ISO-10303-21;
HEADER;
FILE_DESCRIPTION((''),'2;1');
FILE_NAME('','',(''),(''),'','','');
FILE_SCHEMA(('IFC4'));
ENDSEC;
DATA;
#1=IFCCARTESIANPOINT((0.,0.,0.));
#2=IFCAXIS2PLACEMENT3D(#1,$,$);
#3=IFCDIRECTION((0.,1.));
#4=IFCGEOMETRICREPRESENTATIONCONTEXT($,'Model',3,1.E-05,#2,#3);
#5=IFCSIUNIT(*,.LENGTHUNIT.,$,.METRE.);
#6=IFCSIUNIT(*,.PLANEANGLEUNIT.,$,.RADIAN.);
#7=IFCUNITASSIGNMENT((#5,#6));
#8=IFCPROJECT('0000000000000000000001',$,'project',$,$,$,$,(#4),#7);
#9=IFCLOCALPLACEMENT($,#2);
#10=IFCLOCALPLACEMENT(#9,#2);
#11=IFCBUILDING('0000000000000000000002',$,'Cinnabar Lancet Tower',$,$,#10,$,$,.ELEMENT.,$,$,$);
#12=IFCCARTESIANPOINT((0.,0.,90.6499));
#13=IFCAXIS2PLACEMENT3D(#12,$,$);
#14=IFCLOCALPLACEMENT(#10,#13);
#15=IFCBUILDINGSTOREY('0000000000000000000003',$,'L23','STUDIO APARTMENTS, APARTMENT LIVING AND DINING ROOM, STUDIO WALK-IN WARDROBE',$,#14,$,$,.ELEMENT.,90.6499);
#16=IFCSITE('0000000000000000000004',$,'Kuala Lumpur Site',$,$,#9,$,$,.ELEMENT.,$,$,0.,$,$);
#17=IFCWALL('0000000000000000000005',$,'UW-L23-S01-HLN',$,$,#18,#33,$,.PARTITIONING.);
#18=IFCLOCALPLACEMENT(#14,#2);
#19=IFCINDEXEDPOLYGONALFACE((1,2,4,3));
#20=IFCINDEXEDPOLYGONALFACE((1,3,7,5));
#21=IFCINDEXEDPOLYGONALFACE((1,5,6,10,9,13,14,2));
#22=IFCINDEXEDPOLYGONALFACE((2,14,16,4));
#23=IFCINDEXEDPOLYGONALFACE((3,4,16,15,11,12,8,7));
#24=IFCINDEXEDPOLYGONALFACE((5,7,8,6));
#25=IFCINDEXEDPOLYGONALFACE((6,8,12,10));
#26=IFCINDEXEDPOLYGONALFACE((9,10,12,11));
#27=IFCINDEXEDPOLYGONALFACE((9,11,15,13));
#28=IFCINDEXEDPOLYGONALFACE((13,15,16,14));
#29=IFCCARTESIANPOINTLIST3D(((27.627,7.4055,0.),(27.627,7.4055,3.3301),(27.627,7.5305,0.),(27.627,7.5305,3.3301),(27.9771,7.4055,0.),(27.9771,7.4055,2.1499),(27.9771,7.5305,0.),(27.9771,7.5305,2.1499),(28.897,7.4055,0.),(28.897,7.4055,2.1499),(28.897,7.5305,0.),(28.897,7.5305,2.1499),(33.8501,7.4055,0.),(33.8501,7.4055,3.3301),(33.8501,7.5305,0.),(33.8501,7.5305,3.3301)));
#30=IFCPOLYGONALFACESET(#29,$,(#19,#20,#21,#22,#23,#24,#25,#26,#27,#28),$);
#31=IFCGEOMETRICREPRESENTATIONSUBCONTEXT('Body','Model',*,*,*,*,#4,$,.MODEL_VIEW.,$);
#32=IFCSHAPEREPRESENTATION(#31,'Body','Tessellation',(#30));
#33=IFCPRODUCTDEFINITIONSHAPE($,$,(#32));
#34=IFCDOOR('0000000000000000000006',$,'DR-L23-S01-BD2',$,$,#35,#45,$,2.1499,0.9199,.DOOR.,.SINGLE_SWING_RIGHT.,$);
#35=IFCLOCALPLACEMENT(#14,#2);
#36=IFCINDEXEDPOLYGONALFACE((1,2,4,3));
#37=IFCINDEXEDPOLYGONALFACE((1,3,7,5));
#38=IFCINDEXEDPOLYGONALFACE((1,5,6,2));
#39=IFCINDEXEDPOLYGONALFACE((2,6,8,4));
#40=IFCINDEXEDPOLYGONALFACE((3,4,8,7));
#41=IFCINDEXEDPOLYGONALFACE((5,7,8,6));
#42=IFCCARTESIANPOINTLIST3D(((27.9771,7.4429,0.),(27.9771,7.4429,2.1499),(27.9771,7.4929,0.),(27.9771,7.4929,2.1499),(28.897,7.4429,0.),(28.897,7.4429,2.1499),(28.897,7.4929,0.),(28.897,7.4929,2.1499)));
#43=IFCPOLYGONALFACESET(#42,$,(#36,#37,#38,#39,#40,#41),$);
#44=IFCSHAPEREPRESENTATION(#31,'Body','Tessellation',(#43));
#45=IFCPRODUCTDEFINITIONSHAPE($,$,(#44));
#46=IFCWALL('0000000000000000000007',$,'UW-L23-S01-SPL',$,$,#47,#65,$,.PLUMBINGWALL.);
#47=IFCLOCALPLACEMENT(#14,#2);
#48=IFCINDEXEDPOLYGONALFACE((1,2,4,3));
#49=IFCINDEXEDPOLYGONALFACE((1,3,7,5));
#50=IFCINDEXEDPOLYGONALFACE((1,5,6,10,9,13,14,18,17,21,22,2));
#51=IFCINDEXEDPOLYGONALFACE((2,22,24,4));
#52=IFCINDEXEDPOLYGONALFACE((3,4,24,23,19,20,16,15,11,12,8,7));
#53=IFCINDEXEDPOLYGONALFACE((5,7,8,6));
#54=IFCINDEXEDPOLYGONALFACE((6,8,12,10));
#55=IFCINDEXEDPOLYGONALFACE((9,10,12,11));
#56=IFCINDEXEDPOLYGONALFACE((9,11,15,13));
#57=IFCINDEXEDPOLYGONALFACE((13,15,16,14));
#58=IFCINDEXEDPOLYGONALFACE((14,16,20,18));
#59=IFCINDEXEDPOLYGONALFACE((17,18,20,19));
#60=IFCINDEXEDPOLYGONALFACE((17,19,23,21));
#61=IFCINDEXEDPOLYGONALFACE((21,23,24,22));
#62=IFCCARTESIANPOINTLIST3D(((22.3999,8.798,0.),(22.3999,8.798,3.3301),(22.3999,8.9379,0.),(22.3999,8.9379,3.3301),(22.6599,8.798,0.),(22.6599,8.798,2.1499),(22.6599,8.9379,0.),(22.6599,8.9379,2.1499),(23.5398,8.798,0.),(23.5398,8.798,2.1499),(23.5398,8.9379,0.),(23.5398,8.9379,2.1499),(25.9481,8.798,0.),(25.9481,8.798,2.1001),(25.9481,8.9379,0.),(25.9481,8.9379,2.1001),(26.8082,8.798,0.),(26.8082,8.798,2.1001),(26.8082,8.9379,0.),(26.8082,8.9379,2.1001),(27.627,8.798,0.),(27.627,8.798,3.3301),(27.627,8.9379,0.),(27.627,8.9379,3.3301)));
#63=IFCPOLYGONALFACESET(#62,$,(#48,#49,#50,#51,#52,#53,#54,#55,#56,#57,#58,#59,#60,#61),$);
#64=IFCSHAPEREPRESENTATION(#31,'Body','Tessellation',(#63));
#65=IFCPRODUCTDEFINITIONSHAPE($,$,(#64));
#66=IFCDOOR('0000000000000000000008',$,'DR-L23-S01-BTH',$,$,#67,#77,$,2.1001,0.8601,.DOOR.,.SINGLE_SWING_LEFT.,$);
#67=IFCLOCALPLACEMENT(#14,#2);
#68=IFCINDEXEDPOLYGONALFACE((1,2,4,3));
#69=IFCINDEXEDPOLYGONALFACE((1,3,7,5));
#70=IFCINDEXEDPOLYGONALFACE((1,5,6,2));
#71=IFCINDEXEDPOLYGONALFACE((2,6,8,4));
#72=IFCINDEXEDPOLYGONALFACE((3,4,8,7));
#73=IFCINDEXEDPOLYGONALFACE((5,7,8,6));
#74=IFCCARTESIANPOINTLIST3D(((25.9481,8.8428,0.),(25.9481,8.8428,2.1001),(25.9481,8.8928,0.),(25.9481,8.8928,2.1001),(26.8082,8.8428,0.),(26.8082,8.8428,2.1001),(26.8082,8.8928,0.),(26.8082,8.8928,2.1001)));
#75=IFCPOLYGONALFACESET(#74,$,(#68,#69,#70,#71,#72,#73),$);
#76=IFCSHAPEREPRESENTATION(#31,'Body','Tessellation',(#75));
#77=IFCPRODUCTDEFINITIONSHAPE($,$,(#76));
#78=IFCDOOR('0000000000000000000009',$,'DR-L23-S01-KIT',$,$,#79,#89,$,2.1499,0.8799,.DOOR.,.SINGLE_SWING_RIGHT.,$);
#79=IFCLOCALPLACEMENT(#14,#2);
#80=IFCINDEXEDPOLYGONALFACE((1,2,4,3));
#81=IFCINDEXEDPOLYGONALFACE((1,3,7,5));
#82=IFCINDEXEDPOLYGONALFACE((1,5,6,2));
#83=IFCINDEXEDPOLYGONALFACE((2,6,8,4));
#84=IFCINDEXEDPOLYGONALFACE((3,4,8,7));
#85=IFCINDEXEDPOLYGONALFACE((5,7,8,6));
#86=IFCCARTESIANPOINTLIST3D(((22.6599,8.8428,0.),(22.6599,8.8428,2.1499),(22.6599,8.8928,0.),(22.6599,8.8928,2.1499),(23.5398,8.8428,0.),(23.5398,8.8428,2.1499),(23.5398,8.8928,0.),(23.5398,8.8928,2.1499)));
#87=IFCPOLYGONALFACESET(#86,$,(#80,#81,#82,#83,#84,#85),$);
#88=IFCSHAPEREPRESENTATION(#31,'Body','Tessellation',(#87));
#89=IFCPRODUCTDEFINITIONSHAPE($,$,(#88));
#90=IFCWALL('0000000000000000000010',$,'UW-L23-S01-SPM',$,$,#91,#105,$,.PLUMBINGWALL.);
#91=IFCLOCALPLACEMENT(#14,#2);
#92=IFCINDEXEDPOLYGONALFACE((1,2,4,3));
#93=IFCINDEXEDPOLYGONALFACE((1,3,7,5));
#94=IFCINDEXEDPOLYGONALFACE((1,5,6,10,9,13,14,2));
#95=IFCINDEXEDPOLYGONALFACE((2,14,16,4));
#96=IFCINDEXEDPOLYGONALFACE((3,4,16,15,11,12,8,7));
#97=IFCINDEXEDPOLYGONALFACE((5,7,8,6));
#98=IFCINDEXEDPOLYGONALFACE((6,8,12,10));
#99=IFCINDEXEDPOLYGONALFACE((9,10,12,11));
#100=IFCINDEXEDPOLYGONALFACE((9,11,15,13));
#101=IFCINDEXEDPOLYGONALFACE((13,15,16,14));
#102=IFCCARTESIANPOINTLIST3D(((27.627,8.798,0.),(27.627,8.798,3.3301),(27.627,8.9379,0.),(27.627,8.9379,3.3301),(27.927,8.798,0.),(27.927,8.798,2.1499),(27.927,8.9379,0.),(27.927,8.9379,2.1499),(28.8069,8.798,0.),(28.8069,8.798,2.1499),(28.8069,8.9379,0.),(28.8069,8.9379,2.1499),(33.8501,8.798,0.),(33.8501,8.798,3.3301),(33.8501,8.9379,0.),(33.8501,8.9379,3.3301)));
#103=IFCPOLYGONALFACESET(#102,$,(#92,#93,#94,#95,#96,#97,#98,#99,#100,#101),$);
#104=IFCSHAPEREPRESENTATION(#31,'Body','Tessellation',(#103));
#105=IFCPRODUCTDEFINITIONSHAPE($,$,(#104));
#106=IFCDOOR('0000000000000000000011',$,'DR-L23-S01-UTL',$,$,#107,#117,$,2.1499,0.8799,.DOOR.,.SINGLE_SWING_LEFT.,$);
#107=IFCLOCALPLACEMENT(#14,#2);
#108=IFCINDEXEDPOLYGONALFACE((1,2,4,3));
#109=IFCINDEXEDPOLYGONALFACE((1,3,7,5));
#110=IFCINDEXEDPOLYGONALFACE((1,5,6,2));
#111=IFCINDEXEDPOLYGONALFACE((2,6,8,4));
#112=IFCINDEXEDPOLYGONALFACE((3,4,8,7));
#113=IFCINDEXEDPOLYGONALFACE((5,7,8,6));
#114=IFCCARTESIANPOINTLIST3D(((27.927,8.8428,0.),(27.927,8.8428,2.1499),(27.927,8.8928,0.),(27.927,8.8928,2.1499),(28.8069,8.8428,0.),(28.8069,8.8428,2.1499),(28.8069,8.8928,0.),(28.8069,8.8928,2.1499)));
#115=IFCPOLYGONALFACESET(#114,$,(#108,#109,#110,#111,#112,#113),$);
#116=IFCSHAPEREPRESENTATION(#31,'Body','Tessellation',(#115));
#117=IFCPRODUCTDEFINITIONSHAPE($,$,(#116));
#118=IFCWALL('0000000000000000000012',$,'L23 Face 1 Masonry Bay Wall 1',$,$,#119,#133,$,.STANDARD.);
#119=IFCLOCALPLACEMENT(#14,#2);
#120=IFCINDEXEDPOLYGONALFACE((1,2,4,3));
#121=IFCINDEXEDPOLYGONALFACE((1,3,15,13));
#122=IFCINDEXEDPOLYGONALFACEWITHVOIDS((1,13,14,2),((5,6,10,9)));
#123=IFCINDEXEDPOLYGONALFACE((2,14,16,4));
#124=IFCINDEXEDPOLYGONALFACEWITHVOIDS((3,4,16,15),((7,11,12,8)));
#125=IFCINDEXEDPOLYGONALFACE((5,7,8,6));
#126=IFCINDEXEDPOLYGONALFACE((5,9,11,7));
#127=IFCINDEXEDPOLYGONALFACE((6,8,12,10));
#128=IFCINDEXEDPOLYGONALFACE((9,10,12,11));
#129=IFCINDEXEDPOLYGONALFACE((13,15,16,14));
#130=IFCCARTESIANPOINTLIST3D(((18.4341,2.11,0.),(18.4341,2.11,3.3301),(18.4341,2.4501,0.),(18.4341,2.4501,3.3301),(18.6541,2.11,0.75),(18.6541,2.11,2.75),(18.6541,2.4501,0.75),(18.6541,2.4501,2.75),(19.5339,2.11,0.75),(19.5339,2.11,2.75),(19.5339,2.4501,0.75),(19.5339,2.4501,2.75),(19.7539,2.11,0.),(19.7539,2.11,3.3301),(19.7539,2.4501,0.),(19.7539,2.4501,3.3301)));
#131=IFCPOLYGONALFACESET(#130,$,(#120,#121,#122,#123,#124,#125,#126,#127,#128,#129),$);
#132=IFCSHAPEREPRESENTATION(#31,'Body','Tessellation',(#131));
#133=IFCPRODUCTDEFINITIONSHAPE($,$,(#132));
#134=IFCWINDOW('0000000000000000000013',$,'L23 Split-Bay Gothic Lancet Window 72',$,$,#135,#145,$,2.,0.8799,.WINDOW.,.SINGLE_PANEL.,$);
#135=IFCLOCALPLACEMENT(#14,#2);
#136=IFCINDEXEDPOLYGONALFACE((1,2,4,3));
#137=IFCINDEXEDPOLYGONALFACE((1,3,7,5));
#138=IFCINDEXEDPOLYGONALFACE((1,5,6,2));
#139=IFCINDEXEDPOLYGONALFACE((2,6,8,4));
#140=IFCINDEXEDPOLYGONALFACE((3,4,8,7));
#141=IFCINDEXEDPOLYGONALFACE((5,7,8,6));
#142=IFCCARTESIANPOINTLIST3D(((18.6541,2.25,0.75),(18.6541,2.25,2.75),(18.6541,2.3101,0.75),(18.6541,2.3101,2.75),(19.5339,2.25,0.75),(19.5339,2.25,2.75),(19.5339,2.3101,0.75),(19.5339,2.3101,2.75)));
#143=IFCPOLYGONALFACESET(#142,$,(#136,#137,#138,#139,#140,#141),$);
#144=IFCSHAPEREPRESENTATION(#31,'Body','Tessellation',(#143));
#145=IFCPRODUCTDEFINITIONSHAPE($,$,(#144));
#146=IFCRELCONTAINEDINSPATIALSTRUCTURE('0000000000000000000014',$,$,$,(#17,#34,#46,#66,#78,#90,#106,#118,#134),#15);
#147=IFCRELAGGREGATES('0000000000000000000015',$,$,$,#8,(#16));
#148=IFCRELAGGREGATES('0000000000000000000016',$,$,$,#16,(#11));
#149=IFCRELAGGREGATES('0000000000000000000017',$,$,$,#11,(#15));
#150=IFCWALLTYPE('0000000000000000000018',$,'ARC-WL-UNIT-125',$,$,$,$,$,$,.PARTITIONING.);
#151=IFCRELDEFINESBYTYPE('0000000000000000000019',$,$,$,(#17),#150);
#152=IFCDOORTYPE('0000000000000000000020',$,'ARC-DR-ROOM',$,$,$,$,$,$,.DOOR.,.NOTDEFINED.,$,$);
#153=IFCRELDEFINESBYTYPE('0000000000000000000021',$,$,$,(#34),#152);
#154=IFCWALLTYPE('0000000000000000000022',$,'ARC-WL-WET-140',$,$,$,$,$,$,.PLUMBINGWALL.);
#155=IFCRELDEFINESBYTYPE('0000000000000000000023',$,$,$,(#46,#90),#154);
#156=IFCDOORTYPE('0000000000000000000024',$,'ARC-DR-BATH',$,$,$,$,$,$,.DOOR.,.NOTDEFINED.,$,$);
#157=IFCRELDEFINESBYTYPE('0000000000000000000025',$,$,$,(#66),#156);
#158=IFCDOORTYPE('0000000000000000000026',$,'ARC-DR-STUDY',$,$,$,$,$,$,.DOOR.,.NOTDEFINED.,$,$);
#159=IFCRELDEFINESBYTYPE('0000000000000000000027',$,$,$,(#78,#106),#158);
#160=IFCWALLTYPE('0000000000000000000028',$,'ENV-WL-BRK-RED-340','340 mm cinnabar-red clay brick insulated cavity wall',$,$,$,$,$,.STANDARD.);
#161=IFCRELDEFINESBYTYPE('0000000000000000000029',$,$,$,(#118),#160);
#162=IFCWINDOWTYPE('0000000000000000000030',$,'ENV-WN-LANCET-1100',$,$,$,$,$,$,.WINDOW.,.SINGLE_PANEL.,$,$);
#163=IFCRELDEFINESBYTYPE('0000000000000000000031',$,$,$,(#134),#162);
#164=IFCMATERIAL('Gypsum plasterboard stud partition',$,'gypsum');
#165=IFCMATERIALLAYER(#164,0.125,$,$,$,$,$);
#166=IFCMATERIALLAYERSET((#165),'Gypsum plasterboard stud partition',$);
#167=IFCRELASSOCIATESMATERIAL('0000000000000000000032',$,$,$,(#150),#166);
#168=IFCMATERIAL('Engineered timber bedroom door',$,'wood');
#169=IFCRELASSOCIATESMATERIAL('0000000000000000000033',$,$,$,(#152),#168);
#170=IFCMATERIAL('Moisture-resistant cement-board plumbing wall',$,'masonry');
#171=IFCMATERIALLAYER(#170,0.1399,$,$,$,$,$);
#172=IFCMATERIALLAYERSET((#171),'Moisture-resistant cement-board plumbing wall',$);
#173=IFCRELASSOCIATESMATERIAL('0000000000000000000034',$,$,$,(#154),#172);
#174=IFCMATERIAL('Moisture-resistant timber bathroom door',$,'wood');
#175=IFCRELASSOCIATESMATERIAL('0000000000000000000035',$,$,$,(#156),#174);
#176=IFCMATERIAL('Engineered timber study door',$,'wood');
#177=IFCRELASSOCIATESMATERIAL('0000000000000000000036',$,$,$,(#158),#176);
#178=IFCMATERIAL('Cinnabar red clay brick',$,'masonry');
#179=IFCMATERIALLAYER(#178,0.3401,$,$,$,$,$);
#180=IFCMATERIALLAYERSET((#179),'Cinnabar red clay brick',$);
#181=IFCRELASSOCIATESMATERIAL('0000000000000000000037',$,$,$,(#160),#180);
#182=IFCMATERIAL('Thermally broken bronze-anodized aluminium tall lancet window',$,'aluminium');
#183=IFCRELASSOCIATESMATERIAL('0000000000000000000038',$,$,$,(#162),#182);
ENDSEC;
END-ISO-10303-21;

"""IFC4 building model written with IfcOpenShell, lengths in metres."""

from ifc_helpers import new_model, si_unit, direction, frame, frame_2d, origin, place, context, subcontext, project, spatial, rectangle, extrude, material, layer, layer_set, type_object, element, fill, save


model = new_model("IFC4")

# Units and contexts
model_context = context("Model", 3, precision=1e-05, world=origin(), true_north=direction((0.0, 1.0)))
body_context = subcontext(model_context, "Body", "Model", "MODEL_VIEW")
ifc_project = project(units=[si_unit("LENGTHUNIT", "METRE"), si_unit("PLANEANGLEUNIT", "RADIAN")], contexts=[model_context])

# Site, building, storey
site_placement = place(None, origin())
site = spatial("IfcSite", under=ifc_project, at=site_placement, Name="Kuala Lumpur Site", CompositionType="ELEMENT", RefElevation=0.0)
building_placement = place(site_placement, origin())
building = spatial("IfcBuilding", under=site, at=building_placement, Name="Cinnabar Lancet Tower", CompositionType="ELEMENT")
storey_placement = place(building_placement, frame((0.0, 0.0, 90.6499)))
storey = spatial("IfcBuildingStorey", under=building, at=storey_placement, Name="L23", Description="STUDIO APARTMENTS, APARTMENT LIVING AND DINING ROOM, STUDIO WALK-IN WARDROBE", CompositionType="ELEMENT", Elevation=90.6499)

# Shared definitions
ifc_material_1 = material(Name="Gypsum plasterboard stud partition", Category="gypsum")
ifc_layer_1 = layer(ifc_material_1, 0.125)
ifc_layer_set_1 = layer_set([ifc_layer_1], Name="Gypsum plasterboard stud partition")
wall_type_1 = type_object("IfcWallType", Name="ARC-WL-UNIT-125", PredefinedType="PARTITIONING", material=ifc_layer_set_1)

# Wall, opening, door
wall_1_placement = place(storey_placement, frame((27.627, 7.468, 0.0), z_axis=(0.0, 0.0, 1.0), x_axis=(1.0, 0.0, 0.0)))
wall_1 = element("IfcWall", 1, at=wall_1_placement, inside=storey, type_object=wall_type_1, Name="UW-L23-S01-HLN", PredefinedType="PARTITIONING", context=body_context, shape_type="SweptSolid", body=[
    extrude(rectangle(XDim=6.2231, YDim=0.125, at=frame_2d((3.1116, 0.0))), origin(), (0.0, 0.0, 1.0), 3.3301),
])
opening_1_placement = place(wall_1_placement, frame((0.3501, 0.0, 0.0)))
opening_1 = element("IfcOpeningElement", 2, at=opening_1_placement, cuts=wall_1, PredefinedType="OPENING", context=body_context, shape_type="SweptSolid", body=[
    extrude(rectangle(XDim=0.9199, YDim=2.1499, at=frame_2d((0.46, 1.075))), frame((0.0, 0.0725, 0.0), z_axis=(0.0, -1.0, 0.0), x_axis=(1.0, 0.0, 0.0)), (0.0, 0.0, 1.0), 0.145),
])
ifc_material_2 = material(Name="Engineered timber bedroom door", Category="wood")
door_type_1 = type_object("IfcDoorType", Name="ARC-DR-ROOM", OperationType="NOTDEFINED", PredefinedType="DOOR", material=ifc_material_2)
door_1_placement = place(opening_1_placement, origin())
door_1 = element("IfcDoor", 3, at=door_1_placement, inside=storey, type_object=door_type_1, Name="DR-L23-S01-BD2", OperationType="SINGLE_SWING_RIGHT", OverallHeight=2.1499, OverallWidth=0.9199, PredefinedType="DOOR", context=body_context, shape_type="SweptSolid", body=[
    extrude(rectangle(XDim=0.9199, YDim=2.1499, at=frame_2d((0.46, 1.075))), frame((0.0, 0.0249, 0.0), z_axis=(0.0, -1.0, 0.0), x_axis=(1.0, 0.0, 0.0)), (0.0, 0.0, 1.0), 0.05),
])
fill(opening_1, door_1)

# Wall, openings, doors
ifc_material_3 = material(Name="Moisture-resistant cement-board plumbing wall", Category="masonry")
ifc_layer_2 = layer(ifc_material_3, 0.1399)
ifc_layer_set_2 = layer_set([ifc_layer_2], Name="Moisture-resistant cement-board plumbing wall")
wall_type_2 = type_object("IfcWallType", Name="ARC-WL-WET-140", PredefinedType="PLUMBINGWALL", material=ifc_layer_set_2)
wall_2_placement = place(storey_placement, frame((22.3999, 8.8679, 0.0), z_axis=(0.0, 0.0, 1.0), x_axis=(1.0, 0.0, 0.0)))
wall_2 = element("IfcWall", 4, at=wall_2_placement, inside=storey, type_object=wall_type_2, Name="UW-L23-S01-SPL", PredefinedType="PLUMBINGWALL", context=body_context, shape_type="SweptSolid", body=[
    extrude(rectangle(XDim=5.2271, YDim=0.1399, at=frame_2d((2.6135, 0.0))), origin(), (0.0, 0.0, 1.0), 3.3301),
])
opening_2_placement = place(wall_2_placement, frame((3.5481, 0.0, 0.0)))
opening_2 = element("IfcOpeningElement", 5, at=opening_2_placement, cuts=wall_2, PredefinedType="OPENING", context=body_context, shape_type="SweptSolid", body=[
    extrude(rectangle(XDim=0.8601, YDim=2.1001, at=frame_2d((0.4302, 1.05))), frame((0.0, 0.0798, 0.0), z_axis=(0.0, -1.0, 0.0), x_axis=(1.0, 0.0, 0.0)), (0.0, 0.0, 1.0), 0.1599),
])
opening_3_placement = place(wall_2_placement, frame((0.26, 0.0, 0.0)))
opening_3 = element("IfcOpeningElement", 6, at=opening_3_placement, cuts=wall_2, PredefinedType="OPENING", context=body_context, shape_type="SweptSolid", body=[
    extrude(rectangle(XDim=0.8799, YDim=2.1499, at=frame_2d((0.4399, 1.075))), frame((0.0, 0.0798, 0.0), z_axis=(0.0, -1.0, 0.0), x_axis=(1.0, 0.0, 0.0)), (0.0, 0.0, 1.0), 0.1599),
])
ifc_material_4 = material(Name="Moisture-resistant timber bathroom door", Category="wood")
door_type_2 = type_object("IfcDoorType", Name="ARC-DR-BATH", OperationType="NOTDEFINED", PredefinedType="DOOR", material=ifc_material_4)
door_2_placement = place(opening_2_placement, origin())
door_2 = element("IfcDoor", 7, at=door_2_placement, inside=storey, type_object=door_type_2, Name="DR-L23-S01-BTH", OperationType="SINGLE_SWING_LEFT", OverallHeight=2.1001, OverallWidth=0.8601, PredefinedType="DOOR", context=body_context, shape_type="SweptSolid", body=[
    extrude(rectangle(XDim=0.8601, YDim=2.1001, at=frame_2d((0.4302, 1.05))), frame((0.0, 0.0249, 0.0), z_axis=(0.0, -1.0, 0.0), x_axis=(1.0, 0.0, 0.0)), (0.0, 0.0, 1.0), 0.05),
])
fill(opening_2, door_2)
ifc_material_5 = material(Name="Engineered timber study door", Category="wood")
door_type_3 = type_object("IfcDoorType", Name="ARC-DR-STUDY", OperationType="NOTDEFINED", PredefinedType="DOOR", material=ifc_material_5)
door_3_placement = place(opening_3_placement, origin())
door_3 = element("IfcDoor", 8, at=door_3_placement, inside=storey, type_object=door_type_3, Name="DR-L23-S01-KIT", OperationType="SINGLE_SWING_RIGHT", OverallHeight=2.1499, OverallWidth=0.8799, PredefinedType="DOOR", context=body_context, shape_type="SweptSolid", body=[
    extrude(rectangle(XDim=0.8799, YDim=2.1499, at=frame_2d((0.4399, 1.075))), frame((0.0, 0.0249, 0.0), z_axis=(0.0, -1.0, 0.0), x_axis=(1.0, 0.0, 0.0)), (0.0, 0.0, 1.0), 0.05),
])
fill(opening_3, door_3)

# Wall, opening, door
wall_3_placement = place(storey_placement, frame((27.627, 8.8679, 0.0), z_axis=(0.0, 0.0, 1.0), x_axis=(1.0, 0.0, 0.0)))
wall_3 = element("IfcWall", 9, at=wall_3_placement, inside=storey, type_object=wall_type_2, Name="UW-L23-S01-SPM", PredefinedType="PLUMBINGWALL", context=body_context, shape_type="SweptSolid", body=[
    extrude(rectangle(XDim=6.2231, YDim=0.1399, at=frame_2d((3.1116, 0.0))), origin(), (0.0, 0.0, 1.0), 3.3301),
])
opening_4_placement = place(wall_3_placement, frame((0.3, 0.0, 0.0)))
opening_4 = element("IfcOpeningElement", 10, at=opening_4_placement, cuts=wall_3, PredefinedType="OPENING", context=body_context, shape_type="SweptSolid", body=[
    extrude(rectangle(XDim=0.8799, YDim=2.1499, at=frame_2d((0.4399, 1.075))), frame((0.0, 0.0798, 0.0), z_axis=(0.0, -1.0, 0.0), x_axis=(1.0, 0.0, 0.0)), (0.0, 0.0, 1.0), 0.1599),
])
door_4_placement = place(opening_4_placement, origin())
door_4 = element("IfcDoor", 11, at=door_4_placement, inside=storey, type_object=door_type_3, Name="DR-L23-S01-UTL", OperationType="SINGLE_SWING_LEFT", OverallHeight=2.1499, OverallWidth=0.8799, PredefinedType="DOOR", context=body_context, shape_type="SweptSolid", body=[
    extrude(rectangle(XDim=0.8799, YDim=2.1499, at=frame_2d((0.4399, 1.075))), frame((0.0, 0.0249, 0.0), z_axis=(0.0, -1.0, 0.0), x_axis=(1.0, 0.0, 0.0)), (0.0, 0.0, 1.0), 0.05),
])
fill(opening_4, door_4)

# Wall, opening, window
ifc_material_6 = material(Name="Cinnabar red clay brick", Category="masonry")
ifc_layer_3 = layer(ifc_material_6, 0.3401)
ifc_layer_set_3 = layer_set([ifc_layer_3], Name="Cinnabar red clay brick")
wall_type_3 = type_object("IfcWallType", Name="ENV-WL-BRK-RED-340", Description="340 mm cinnabar-red clay brick insulated cavity wall", PredefinedType="STANDARD", material=ifc_layer_set_3)
wall_4_placement = place(storey_placement, frame((18.4341, 2.28, 0.0), z_axis=(0.0, 0.0, 1.0), x_axis=(1.0, 0.0, 0.0)))
wall_4 = element("IfcWall", 12, at=wall_4_placement, inside=storey, type_object=wall_type_3, Name="L23 Face 1 Masonry Bay Wall 1", PredefinedType="STANDARD", context=body_context, shape_type="SweptSolid", body=[
    extrude(rectangle(XDim=1.3198, YDim=0.3401, at=frame_2d((0.6599, 0.0))), origin(), (0.0, 0.0, 1.0), 3.3301),
])
opening_5_placement = place(wall_4_placement, frame((0.22, 0.0, 0.75)))
opening_5 = element("IfcOpeningElement", 13, at=opening_5_placement, cuts=wall_4, PredefinedType="OPENING", context=body_context, shape_type="SweptSolid", body=[
    extrude(rectangle(XDim=0.8799, YDim=2.0, at=frame_2d((0.4399, 1.0))), frame((0.0, 0.1799, 0.0), z_axis=(0.0, -1.0, 0.0), x_axis=(1.0, 0.0, 0.0)), (0.0, 0.0, 1.0), 0.3601),
])
ifc_material_7 = material(Name="Thermally broken bronze-anodized aluminium tall lancet window", Category="aluminium")
window_type = type_object("IfcWindowType", Name="ENV-WN-LANCET-1100", PartitioningType="SINGLE_PANEL", PredefinedType="WINDOW", material=ifc_material_7)
window_1_placement = place(opening_5_placement, origin())
window_1 = element("IfcWindow", 14, at=window_1_placement, inside=storey, type_object=window_type, Name="L23 Split-Bay Gothic Lancet Window 72", OverallHeight=2.0, OverallWidth=0.8799, PartitioningType="SINGLE_PANEL", PredefinedType="WINDOW", context=body_context, shape_type="SweptSolid", body=[
    extrude(rectangle(XDim=0.8799, YDim=2.0, at=frame_2d((0.4399, 1.0))), frame((0.0, 0.03, 0.0), z_axis=(0.0, -1.0, 0.0), x_axis=(1.0, 0.0, 0.0)), (0.0, 0.0, 1.0), 0.0601),
])
fill(opening_5, window_1)

save(model, "model.ifc")
